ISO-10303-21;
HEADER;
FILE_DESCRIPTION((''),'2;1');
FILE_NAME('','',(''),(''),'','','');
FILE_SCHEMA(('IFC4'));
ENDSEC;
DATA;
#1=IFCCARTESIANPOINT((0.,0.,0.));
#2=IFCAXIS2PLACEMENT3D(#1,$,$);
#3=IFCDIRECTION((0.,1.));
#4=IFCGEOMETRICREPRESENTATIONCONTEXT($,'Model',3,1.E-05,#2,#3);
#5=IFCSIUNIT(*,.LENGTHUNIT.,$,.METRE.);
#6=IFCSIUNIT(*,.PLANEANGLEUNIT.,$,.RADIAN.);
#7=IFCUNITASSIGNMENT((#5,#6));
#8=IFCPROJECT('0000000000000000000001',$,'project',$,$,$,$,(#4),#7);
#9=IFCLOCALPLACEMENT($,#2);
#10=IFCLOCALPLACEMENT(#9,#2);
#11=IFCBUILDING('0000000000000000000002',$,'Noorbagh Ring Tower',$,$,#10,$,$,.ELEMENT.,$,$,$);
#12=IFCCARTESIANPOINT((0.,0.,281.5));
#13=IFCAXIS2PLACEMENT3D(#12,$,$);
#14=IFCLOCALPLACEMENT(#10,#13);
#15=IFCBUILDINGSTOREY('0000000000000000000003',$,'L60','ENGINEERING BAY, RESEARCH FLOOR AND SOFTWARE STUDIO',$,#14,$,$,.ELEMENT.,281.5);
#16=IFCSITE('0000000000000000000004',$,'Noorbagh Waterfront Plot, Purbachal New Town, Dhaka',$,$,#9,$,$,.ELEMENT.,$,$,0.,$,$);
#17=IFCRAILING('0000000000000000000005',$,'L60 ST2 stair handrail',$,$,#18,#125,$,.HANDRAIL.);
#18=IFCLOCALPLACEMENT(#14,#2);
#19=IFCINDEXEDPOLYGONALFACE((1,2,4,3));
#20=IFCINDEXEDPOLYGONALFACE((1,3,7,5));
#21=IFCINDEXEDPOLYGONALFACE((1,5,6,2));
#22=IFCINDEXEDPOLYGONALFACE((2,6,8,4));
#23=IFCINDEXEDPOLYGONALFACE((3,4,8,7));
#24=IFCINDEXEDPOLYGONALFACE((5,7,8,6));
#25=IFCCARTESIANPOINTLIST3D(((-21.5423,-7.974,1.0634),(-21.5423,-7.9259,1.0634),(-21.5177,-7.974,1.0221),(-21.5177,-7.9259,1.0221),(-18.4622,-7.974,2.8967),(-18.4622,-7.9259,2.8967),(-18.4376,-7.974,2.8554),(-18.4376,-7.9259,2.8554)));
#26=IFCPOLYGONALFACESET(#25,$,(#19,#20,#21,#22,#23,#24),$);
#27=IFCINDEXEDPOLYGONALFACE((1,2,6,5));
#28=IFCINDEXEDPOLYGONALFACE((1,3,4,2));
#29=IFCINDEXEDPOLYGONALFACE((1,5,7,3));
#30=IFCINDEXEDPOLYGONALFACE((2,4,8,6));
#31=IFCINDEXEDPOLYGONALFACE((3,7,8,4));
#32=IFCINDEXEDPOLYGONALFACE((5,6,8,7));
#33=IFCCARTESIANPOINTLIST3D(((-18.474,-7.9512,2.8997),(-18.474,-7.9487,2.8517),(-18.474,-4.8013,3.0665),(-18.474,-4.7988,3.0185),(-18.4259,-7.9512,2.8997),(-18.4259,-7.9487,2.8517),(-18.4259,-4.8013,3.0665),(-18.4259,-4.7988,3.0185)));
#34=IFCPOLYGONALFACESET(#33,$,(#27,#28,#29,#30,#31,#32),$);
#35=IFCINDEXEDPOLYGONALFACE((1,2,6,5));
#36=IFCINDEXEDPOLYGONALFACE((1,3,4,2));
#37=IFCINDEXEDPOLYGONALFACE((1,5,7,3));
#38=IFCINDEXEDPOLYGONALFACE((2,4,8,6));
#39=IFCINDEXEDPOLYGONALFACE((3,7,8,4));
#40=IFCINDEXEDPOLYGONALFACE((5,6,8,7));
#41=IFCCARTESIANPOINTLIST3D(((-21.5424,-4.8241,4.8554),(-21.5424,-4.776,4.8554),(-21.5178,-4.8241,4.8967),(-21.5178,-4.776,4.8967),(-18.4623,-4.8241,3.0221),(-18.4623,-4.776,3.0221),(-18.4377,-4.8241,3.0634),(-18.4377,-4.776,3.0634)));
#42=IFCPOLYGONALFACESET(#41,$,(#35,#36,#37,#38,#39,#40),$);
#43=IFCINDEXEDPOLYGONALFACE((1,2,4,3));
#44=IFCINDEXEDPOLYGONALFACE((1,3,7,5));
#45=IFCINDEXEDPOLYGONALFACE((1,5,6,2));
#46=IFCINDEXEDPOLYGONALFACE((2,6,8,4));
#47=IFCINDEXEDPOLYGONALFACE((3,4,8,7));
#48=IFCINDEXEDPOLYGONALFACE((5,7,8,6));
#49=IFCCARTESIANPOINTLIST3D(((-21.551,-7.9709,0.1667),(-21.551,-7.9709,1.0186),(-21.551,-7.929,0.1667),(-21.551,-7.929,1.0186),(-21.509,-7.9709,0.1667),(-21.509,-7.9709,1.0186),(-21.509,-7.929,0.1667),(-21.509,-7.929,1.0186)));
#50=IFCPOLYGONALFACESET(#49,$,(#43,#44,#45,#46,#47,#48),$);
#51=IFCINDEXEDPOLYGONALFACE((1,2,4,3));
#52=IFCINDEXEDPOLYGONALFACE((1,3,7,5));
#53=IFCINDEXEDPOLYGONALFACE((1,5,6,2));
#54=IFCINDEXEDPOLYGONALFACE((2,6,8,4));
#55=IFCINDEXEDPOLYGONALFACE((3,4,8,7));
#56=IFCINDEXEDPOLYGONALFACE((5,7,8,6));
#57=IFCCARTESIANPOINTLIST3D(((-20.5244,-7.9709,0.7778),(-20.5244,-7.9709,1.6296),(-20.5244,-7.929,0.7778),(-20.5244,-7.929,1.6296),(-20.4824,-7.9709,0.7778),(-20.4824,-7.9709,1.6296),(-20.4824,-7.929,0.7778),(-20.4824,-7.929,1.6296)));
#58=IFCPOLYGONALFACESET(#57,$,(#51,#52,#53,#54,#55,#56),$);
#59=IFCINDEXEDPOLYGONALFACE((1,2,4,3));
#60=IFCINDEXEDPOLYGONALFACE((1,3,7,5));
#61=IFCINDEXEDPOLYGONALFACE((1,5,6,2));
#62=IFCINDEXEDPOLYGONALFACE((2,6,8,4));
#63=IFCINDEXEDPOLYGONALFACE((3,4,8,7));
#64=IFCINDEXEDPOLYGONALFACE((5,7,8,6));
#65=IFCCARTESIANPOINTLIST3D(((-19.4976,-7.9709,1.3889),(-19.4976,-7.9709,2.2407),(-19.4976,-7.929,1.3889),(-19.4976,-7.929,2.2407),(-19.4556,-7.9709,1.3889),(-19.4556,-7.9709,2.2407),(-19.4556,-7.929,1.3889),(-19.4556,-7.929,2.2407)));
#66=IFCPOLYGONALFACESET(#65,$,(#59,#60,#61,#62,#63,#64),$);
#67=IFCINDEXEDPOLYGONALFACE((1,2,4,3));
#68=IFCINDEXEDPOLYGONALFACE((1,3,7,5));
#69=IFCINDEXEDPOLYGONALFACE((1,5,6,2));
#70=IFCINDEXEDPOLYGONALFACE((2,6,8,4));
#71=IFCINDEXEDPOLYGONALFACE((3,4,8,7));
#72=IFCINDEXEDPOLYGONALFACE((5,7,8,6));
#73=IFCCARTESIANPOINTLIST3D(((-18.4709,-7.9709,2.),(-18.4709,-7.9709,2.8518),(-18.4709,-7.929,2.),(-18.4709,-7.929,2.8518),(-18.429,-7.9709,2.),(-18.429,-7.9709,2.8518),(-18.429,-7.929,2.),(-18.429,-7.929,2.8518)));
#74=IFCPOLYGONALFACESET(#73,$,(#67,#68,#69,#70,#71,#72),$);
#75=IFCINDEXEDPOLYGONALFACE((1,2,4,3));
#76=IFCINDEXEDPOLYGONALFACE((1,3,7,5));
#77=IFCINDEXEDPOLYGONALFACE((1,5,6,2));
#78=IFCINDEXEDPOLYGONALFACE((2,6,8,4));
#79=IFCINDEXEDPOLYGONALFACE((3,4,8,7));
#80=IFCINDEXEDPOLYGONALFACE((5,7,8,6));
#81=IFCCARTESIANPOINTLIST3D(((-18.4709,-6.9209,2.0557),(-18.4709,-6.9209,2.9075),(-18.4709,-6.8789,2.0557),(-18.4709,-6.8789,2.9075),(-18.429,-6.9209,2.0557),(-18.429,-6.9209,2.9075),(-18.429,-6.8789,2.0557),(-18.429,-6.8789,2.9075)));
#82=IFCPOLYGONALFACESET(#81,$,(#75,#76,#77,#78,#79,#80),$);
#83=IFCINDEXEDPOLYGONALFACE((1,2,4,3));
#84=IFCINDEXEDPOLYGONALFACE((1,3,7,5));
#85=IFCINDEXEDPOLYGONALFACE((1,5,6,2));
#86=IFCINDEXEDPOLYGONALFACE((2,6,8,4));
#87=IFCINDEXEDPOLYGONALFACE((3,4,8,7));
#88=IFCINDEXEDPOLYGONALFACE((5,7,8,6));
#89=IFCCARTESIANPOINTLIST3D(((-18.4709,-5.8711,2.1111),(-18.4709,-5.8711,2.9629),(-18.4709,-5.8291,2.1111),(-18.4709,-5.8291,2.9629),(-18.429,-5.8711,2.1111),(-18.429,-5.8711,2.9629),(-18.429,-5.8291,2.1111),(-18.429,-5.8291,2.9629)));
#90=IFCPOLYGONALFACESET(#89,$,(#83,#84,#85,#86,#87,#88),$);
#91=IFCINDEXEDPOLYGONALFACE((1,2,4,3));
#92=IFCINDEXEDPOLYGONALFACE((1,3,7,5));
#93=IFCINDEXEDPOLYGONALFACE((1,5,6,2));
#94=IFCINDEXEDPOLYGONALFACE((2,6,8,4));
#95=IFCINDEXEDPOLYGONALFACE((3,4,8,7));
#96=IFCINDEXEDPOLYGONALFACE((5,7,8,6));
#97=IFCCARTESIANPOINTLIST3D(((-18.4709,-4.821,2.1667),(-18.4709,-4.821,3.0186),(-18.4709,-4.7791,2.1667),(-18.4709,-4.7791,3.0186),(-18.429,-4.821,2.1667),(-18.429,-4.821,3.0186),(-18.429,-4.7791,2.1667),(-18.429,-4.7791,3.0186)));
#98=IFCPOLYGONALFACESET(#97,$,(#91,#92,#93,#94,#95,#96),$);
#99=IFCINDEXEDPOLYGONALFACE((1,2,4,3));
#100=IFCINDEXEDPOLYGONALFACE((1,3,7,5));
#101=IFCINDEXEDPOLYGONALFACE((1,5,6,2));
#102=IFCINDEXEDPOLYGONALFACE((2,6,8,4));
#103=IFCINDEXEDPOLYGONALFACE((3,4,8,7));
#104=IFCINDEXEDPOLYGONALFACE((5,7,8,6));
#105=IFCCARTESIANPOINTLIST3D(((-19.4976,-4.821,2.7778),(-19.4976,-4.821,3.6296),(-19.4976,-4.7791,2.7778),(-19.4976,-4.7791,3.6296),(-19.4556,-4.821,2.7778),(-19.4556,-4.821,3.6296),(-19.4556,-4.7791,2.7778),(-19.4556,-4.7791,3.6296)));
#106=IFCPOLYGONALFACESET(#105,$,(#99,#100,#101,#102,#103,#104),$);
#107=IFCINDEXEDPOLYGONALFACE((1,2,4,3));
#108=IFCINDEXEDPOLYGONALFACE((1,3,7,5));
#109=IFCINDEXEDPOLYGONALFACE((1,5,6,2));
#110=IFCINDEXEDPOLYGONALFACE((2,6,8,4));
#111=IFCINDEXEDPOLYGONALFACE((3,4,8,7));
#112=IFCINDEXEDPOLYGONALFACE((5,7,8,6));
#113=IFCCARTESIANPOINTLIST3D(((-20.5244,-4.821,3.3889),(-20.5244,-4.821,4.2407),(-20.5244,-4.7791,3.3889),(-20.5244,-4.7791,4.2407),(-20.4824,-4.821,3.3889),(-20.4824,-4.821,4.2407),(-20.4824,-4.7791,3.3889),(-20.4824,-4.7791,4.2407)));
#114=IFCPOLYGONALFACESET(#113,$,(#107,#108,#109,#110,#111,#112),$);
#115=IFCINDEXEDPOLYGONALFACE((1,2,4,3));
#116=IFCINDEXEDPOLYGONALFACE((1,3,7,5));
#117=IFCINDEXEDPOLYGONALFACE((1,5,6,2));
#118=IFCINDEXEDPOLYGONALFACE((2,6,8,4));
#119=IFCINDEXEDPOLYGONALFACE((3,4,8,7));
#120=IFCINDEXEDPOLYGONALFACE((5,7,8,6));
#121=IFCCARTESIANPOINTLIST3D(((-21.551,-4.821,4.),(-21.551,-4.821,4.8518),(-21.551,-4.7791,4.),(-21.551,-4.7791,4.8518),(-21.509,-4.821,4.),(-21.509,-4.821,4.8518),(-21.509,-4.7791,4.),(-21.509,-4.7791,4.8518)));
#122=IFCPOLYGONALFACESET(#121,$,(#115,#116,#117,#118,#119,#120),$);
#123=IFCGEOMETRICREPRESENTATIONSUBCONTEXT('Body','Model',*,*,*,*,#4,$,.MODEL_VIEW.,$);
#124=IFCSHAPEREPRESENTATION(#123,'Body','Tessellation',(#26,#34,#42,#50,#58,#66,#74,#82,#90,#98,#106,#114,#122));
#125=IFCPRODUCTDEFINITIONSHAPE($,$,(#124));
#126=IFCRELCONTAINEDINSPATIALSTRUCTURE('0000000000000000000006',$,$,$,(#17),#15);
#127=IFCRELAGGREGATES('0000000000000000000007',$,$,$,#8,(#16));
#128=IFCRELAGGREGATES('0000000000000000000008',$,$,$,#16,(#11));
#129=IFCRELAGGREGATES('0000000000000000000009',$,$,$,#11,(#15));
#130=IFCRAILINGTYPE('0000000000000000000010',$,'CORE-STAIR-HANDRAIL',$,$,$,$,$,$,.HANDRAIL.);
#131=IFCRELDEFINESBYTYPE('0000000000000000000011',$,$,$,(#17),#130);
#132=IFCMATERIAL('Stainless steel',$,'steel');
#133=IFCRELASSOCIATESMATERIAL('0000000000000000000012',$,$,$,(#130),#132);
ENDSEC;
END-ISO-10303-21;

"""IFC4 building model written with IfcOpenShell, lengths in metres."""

from ifc_helpers import new_model, si_unit, direction, frame, origin, origin_2d, place, context, subcontext, project, spatial, rectangle, extrude, material, type_object, element, save


model = new_model("IFC4")

# Units and contexts
model_context = context("Model", 3, precision=1e-05, world=origin(), true_north=direction((0.0, 1.0)))
body_context = subcontext(model_context, "Body", "Model", "MODEL_VIEW")
ifc_project = project(units=[si_unit("LENGTHUNIT", "METRE"), si_unit("PLANEANGLEUNIT", "RADIAN")], contexts=[model_context])

# Site, building, storey
site_placement = place(None, origin())
site = spatial("IfcSite", under=ifc_project, at=site_placement, Name="Noorbagh Waterfront Plot, Purbachal New Town, Dhaka", CompositionType="ELEMENT", RefElevation=0.0)
building_placement = place(site_placement, origin())
building = spatial("IfcBuilding", under=site, at=building_placement, Name="Noorbagh Ring Tower", CompositionType="ELEMENT")
storey_placement = place(building_placement, frame((0.0, 0.0, 281.5)))
storey = spatial("IfcBuildingStorey", under=building, at=storey_placement, Name="L60", Description="ENGINEERING BAY, RESEARCH FLOOR AND SOFTWARE STUDIO", CompositionType="ELEMENT", Elevation=281.5)

# Railing
ifc_material_1 = material(Name="Stainless steel", Category="steel")
railing_type_1 = type_object("IfcRailingType", Name="CORE-STAIR-HANDRAIL", PredefinedType="HANDRAIL", material=ifc_material_1)
railing_1_placement = place(storey_placement, frame((-21.53, -7.95, 0.1667)))
element("IfcRailing", 1, at=railing_1_placement, inside=storey, type_object=railing_type_1, Name="L60 ST2 stair handrail", PredefinedType="HANDRAIL", context=body_context, shape_type="SweptSolid", body=[
    extrude(rectangle(XDim=0.0481, YDim=0.0481, at=origin_2d()), frame((0.0, 0.0, 0.876), z_axis=(0.859309, 0.0, 0.511458), x_axis=(0.0, 1.0, 0.0)), (0.0, 0.0, 1.0), 3.5845),
    extrude(rectangle(XDim=0.0481, YDim=0.0481, at=origin_2d()), frame((3.0801, 0.0, 2.709), z_axis=(0.0, 0.998602, 0.052864), x_axis=(-1.0, 0.0, 0.0)), (0.0, 0.0, 1.0), 3.1543),
    extrude(rectangle(XDim=0.0481, YDim=0.0481, at=origin_2d()), frame((3.0801, 3.1499, 2.876), z_axis=(-0.859309, 0.0, 0.511458), x_axis=(0.0, -1.0, 0.0)), (0.0, 0.0, 1.0), 3.5845),
    extrude(rectangle(XDim=0.042, YDim=0.042, at=origin_2d()), origin(), (0.0, 0.0, 1.0), 0.8518),
    extrude(rectangle(XDim=0.042, YDim=0.042, at=origin_2d()), frame((1.0266, 0.0, 0.6111)), (0.0, 0.0, 1.0), 0.8518),
    extrude(rectangle(XDim=0.042, YDim=0.042, at=origin_2d()), frame((2.0535, 0.0, 1.2222)), (0.0, 0.0, 1.0), 0.8518),
    extrude(rectangle(XDim=0.042, YDim=0.042, at=origin_2d()), frame((3.0801, 0.0, 1.8333)), (0.0, 0.0, 1.0), 0.8518),
    extrude(rectangle(XDim=0.042, YDim=0.042, at=origin_2d()), frame((3.0801, 1.05, 1.8889)), (0.0, 0.0, 1.0), 0.8518),
    extrude(rectangle(XDim=0.042, YDim=0.042, at=origin_2d()), frame((3.0801, 2.0999, 1.9443)), (0.0, 0.0, 1.0), 0.8518),
    extrude(rectangle(XDim=0.042, YDim=0.042, at=origin_2d()), frame((3.0801, 3.1499, 2.0)), (0.0, 0.0, 1.0), 0.8518),
    extrude(rectangle(XDim=0.042, YDim=0.042, at=origin_2d()), frame((2.0535, 3.1499, 2.6111)), (0.0, 0.0, 1.0), 0.8518),
    extrude(rectangle(XDim=0.042, YDim=0.042, at=origin_2d()), frame((1.0266, 3.1499, 3.2222)), (0.0, 0.0, 1.0), 0.8518),
    extrude(rectangle(XDim=0.042, YDim=0.042, at=origin_2d()), frame((0.0, 3.1499, 3.8333)), (0.0, 0.0, 1.0), 0.8518),
])

save(model, "model.ifc")
